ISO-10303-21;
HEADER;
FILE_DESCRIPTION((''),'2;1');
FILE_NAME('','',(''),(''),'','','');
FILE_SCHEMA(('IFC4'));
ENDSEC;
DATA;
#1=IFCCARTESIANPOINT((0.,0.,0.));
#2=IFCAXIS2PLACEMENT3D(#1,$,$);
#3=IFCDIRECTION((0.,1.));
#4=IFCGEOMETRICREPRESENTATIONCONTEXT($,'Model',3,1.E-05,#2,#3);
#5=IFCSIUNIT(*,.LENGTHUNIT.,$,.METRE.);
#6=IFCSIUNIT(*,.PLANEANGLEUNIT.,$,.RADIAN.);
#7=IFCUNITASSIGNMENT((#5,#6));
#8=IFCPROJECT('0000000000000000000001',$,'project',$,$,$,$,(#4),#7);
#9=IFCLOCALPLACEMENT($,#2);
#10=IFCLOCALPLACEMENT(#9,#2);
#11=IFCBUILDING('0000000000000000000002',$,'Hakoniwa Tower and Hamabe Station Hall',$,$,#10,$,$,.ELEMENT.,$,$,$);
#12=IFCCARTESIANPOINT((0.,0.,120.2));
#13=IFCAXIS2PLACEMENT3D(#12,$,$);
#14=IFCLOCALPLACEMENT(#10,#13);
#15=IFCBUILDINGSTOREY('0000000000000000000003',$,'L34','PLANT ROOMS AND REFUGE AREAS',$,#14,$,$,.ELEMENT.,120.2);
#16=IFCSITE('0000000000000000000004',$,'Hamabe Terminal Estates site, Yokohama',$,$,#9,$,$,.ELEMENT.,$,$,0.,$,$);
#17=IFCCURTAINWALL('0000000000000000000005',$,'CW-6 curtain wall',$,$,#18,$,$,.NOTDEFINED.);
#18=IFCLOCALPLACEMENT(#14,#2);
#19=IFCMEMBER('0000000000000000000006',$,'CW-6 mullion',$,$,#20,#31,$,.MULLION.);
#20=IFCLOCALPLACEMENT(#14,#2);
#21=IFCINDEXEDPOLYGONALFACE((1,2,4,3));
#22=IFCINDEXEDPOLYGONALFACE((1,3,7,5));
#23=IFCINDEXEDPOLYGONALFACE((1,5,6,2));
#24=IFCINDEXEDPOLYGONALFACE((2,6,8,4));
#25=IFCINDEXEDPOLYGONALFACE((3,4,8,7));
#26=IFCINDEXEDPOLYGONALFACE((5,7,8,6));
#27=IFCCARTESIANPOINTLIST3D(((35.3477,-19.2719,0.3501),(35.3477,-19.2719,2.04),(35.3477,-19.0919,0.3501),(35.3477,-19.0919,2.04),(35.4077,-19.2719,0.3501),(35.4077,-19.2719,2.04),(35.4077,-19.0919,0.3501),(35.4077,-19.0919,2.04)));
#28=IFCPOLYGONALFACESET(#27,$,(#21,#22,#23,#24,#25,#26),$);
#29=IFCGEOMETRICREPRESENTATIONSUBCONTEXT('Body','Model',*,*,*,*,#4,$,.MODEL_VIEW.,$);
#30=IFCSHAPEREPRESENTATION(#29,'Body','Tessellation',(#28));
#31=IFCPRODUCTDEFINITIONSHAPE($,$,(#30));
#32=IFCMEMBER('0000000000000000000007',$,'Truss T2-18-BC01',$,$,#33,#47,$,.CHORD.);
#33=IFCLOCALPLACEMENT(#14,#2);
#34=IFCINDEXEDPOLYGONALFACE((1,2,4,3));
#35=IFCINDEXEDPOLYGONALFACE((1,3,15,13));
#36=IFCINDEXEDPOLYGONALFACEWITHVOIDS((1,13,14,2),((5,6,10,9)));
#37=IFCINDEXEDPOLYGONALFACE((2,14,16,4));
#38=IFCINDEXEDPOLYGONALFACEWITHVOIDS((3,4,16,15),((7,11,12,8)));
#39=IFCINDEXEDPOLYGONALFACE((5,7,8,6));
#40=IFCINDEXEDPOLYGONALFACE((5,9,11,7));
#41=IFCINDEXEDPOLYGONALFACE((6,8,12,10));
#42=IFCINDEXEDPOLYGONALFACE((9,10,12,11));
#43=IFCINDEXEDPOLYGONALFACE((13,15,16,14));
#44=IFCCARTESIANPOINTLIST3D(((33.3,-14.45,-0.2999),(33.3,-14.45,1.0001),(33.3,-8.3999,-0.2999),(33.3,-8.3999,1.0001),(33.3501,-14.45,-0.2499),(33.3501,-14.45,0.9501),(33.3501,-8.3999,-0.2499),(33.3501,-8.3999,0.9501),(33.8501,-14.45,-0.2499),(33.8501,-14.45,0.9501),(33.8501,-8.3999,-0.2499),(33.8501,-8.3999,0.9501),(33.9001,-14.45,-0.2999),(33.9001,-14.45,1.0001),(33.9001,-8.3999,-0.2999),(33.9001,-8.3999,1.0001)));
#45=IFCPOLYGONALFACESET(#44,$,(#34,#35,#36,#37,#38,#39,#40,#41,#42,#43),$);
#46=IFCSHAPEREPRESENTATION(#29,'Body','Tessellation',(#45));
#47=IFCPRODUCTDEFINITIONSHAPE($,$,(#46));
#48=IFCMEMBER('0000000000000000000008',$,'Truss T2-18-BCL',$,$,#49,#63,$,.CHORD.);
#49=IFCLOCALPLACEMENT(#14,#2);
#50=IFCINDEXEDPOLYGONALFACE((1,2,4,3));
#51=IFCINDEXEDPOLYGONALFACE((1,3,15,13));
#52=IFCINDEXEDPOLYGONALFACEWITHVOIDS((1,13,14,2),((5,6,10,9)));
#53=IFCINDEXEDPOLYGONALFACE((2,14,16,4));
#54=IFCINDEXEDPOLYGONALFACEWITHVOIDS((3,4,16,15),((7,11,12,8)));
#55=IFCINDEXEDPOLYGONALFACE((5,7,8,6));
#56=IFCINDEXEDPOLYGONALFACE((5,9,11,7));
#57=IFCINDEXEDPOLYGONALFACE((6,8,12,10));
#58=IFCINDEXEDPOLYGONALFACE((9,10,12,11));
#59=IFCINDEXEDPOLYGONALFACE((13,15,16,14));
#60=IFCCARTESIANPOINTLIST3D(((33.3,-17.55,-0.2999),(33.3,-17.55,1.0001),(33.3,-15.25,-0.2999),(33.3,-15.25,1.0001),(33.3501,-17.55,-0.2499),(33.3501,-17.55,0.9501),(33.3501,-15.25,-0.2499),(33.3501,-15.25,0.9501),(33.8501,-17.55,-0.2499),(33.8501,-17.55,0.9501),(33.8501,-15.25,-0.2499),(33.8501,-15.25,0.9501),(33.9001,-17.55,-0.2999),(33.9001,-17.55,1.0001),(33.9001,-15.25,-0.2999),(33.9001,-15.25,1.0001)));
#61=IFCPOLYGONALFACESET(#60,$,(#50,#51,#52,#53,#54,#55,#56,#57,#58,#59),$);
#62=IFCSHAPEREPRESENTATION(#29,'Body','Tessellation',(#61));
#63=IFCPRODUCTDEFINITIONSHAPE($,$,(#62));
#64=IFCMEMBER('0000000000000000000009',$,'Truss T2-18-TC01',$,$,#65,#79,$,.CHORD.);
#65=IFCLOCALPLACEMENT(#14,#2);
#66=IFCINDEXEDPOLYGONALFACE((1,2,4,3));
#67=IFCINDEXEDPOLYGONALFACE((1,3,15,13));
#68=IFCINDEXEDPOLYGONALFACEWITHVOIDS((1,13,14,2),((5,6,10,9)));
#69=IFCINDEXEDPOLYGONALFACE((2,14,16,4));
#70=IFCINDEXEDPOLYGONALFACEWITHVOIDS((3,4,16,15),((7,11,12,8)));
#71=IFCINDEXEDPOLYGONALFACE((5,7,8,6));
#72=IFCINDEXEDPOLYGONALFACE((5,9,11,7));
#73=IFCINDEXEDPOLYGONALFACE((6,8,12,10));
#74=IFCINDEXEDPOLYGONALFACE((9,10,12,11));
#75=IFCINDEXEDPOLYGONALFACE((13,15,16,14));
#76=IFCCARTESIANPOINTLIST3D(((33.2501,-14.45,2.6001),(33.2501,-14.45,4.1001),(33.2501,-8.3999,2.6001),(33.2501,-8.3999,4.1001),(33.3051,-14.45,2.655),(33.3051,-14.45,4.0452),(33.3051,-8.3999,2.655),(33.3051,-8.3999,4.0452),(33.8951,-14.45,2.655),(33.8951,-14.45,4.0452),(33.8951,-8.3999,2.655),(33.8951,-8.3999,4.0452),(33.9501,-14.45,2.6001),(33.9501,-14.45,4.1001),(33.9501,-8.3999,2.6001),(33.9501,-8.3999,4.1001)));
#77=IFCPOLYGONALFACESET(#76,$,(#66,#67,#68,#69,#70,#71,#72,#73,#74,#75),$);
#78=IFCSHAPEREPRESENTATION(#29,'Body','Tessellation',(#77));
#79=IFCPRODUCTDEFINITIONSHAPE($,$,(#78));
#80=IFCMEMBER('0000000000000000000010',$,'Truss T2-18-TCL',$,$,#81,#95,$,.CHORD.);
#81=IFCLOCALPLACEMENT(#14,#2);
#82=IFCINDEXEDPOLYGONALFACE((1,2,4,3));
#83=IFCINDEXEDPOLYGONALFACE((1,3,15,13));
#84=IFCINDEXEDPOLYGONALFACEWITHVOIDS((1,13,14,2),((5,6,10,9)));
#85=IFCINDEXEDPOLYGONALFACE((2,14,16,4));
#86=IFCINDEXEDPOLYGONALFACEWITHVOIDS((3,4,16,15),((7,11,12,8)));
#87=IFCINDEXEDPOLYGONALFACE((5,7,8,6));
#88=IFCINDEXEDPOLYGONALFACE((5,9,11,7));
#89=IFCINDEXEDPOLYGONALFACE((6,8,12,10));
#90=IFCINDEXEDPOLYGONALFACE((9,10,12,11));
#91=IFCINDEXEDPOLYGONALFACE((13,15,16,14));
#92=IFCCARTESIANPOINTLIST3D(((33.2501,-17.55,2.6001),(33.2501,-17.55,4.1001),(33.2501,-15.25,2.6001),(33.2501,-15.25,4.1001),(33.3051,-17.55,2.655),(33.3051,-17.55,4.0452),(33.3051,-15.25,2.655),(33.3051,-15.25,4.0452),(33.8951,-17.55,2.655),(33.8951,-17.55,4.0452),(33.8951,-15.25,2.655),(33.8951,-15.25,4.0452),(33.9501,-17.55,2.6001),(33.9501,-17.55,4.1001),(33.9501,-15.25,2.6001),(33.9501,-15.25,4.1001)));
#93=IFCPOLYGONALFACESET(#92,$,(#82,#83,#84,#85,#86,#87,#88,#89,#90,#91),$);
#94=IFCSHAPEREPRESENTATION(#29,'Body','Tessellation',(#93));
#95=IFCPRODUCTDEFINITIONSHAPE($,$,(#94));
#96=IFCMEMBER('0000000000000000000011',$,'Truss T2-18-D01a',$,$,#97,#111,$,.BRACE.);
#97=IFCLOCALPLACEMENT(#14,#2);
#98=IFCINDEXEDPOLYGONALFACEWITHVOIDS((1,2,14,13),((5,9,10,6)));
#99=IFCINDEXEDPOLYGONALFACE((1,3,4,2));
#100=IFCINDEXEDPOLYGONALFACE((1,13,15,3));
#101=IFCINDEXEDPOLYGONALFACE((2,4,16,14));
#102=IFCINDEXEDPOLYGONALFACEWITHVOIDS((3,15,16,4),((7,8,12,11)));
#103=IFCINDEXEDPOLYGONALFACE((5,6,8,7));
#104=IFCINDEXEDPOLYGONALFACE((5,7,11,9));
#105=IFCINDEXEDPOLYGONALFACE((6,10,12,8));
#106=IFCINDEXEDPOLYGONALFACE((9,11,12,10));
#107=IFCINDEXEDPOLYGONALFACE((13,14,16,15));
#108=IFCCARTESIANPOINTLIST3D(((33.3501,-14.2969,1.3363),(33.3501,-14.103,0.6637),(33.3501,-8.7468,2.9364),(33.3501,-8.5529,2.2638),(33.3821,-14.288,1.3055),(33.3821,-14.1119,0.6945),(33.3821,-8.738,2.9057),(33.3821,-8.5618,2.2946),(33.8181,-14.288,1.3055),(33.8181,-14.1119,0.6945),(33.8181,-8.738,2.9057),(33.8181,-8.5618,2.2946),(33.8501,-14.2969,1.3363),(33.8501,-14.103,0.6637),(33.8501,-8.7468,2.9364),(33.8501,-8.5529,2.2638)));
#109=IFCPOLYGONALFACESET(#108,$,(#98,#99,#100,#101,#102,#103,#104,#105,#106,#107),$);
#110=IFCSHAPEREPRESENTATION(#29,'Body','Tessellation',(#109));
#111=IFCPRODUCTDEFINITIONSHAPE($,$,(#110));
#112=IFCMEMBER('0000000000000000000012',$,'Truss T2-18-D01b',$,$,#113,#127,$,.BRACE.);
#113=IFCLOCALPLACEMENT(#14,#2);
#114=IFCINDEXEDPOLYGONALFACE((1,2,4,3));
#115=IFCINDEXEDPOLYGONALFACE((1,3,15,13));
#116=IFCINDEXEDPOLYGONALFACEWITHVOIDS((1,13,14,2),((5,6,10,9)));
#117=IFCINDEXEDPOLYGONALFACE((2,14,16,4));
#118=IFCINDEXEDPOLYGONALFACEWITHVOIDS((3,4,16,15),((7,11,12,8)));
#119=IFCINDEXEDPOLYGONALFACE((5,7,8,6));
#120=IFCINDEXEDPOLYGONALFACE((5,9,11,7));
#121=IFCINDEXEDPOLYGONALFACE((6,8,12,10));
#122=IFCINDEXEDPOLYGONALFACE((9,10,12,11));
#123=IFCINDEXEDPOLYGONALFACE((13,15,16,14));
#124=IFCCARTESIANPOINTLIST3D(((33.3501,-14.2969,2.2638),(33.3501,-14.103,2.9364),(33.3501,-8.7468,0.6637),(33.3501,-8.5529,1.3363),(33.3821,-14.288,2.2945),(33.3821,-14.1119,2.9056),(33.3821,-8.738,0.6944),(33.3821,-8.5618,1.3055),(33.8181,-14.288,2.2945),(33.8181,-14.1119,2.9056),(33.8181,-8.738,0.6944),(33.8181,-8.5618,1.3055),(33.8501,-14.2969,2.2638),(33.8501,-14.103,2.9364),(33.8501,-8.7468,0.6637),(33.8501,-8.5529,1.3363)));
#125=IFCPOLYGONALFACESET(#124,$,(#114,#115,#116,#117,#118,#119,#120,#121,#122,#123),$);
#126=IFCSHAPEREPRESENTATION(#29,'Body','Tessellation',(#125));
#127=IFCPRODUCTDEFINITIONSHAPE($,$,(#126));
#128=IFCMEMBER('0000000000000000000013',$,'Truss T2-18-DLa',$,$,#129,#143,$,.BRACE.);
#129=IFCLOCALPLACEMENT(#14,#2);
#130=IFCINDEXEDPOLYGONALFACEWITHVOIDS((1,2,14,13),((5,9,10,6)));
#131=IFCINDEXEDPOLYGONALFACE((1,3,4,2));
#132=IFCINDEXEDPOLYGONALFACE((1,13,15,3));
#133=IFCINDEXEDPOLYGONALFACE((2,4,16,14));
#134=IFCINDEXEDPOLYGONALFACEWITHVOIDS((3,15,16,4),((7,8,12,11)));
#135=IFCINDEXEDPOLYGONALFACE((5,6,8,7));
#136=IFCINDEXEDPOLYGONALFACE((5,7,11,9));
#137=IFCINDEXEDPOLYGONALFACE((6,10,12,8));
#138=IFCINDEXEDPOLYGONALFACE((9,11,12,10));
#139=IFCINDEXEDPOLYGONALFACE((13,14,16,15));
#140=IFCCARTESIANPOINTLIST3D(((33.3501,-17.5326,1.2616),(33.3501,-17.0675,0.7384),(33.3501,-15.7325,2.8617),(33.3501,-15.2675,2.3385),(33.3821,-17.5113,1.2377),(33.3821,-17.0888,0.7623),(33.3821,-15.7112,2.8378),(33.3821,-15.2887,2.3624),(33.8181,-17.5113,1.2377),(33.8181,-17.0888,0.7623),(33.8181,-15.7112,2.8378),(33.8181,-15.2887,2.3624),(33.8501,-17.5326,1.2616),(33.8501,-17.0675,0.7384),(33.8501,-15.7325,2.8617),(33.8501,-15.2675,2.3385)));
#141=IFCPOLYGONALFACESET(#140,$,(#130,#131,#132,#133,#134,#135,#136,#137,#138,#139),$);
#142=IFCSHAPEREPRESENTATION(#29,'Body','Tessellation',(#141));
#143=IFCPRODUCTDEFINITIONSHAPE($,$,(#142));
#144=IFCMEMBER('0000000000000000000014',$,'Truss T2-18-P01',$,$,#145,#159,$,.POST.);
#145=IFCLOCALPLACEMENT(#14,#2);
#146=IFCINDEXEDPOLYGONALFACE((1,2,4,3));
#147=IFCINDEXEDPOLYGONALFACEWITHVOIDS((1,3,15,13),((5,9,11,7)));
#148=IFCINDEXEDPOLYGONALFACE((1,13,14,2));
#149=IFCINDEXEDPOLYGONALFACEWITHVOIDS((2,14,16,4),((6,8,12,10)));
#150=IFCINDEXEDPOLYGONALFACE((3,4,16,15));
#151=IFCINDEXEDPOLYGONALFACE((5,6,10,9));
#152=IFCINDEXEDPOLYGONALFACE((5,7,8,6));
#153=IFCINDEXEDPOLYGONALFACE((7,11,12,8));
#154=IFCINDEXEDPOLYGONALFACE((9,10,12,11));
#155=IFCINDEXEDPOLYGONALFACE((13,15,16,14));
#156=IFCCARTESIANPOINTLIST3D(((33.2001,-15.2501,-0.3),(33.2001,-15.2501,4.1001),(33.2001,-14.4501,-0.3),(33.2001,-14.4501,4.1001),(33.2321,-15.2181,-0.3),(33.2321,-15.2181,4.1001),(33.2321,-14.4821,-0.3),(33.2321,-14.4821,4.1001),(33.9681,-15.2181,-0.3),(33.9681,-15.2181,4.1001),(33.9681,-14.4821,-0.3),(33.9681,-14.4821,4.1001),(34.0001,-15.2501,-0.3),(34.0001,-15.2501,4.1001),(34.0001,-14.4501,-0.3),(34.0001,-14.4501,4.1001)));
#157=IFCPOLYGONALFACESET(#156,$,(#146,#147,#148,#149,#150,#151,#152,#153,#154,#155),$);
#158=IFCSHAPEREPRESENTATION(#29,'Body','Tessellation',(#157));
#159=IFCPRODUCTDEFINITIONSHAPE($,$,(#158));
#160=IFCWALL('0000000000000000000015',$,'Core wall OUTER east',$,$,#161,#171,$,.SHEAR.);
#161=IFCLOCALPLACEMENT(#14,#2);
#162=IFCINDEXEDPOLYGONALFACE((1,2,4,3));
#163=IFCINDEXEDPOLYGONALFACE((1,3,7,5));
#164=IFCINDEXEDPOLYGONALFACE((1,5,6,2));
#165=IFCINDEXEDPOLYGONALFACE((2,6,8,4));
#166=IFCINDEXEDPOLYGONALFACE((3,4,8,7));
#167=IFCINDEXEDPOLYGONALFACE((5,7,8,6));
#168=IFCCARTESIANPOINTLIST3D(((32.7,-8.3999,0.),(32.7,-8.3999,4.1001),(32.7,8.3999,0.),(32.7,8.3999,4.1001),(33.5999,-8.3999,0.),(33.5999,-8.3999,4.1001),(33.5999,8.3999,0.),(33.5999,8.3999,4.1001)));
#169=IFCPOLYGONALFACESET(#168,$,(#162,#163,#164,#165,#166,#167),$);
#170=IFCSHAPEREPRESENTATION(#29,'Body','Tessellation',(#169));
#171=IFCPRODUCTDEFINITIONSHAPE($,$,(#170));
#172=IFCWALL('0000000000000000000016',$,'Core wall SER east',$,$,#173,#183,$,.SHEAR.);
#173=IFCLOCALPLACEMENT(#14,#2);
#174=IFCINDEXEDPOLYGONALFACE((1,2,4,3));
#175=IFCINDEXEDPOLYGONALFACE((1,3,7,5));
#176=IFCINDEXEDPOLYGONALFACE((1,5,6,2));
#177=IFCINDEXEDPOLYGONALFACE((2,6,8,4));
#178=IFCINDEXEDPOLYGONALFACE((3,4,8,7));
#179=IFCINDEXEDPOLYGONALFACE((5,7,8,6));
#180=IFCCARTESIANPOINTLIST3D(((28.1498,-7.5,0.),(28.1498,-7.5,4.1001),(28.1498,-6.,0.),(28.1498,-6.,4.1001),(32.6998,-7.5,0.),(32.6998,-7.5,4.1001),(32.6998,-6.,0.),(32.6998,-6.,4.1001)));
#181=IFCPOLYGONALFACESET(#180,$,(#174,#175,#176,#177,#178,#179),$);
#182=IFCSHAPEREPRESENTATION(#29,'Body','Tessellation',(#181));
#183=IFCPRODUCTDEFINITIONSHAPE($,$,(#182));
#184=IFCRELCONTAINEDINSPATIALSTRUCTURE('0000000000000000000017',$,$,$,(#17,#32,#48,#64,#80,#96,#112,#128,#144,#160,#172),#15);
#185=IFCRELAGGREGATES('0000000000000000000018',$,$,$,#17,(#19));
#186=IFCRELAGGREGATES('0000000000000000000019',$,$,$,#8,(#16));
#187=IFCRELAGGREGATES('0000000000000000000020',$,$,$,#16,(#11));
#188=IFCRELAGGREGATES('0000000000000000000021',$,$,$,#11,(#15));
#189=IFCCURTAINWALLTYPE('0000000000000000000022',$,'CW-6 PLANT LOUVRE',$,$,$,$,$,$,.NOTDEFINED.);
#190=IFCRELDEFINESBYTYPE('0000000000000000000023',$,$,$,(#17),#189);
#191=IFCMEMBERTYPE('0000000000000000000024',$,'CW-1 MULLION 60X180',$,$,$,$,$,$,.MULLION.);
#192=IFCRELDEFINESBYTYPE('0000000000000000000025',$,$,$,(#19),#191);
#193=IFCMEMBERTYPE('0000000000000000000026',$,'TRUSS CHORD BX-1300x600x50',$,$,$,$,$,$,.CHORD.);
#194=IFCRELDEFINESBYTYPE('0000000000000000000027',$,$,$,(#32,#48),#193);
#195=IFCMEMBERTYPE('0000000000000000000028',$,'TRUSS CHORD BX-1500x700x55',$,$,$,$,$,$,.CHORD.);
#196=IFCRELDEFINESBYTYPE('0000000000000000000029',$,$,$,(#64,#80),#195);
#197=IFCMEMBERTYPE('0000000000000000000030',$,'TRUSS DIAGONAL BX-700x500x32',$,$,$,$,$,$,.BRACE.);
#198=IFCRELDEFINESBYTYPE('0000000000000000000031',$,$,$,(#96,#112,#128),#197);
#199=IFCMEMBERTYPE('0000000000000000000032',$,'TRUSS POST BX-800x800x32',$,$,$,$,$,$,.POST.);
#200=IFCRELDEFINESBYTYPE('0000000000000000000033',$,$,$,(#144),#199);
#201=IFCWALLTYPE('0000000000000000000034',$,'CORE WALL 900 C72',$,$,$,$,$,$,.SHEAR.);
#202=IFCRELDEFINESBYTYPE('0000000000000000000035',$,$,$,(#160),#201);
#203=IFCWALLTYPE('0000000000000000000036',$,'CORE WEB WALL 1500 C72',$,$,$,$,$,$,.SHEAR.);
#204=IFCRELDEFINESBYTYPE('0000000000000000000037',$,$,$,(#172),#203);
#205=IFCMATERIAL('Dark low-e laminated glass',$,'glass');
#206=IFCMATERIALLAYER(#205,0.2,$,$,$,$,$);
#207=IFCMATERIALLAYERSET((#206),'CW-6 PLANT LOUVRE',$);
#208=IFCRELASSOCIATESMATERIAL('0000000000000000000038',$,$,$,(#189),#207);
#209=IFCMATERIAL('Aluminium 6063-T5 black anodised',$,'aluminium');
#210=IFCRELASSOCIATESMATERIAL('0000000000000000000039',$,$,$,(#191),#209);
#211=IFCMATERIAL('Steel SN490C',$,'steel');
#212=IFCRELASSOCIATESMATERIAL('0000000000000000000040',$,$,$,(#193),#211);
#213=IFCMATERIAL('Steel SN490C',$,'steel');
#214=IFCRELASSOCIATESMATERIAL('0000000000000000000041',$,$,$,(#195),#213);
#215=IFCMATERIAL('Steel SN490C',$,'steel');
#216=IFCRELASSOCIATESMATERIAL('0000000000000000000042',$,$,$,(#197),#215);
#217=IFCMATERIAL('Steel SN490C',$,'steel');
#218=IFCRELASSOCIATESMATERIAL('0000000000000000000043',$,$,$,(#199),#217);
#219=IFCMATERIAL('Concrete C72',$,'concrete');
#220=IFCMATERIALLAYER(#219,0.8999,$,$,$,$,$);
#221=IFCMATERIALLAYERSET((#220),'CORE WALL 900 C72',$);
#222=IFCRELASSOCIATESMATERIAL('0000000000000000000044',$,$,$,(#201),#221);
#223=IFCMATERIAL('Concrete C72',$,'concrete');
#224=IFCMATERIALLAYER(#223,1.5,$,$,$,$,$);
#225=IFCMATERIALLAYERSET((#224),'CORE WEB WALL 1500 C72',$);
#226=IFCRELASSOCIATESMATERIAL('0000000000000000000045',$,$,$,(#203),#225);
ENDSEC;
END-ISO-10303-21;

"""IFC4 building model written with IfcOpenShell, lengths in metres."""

from ifc_helpers import new_model, si_unit, direction, frame, frame_2d, origin, origin_2d, place, context, subcontext, project, spatial, rectangle, hollow_rectangle, extrude, material, layer, layer_set, material_profile, profile_set, type_object, element, aggregate, save


model = new_model("IFC4")

# Units and contexts
model_context = context("Model", 3, precision=1e-05, world=origin(), true_north=direction((0.0, 1.0)))
body_context = subcontext(model_context, "Body", "Model", "MODEL_VIEW")
ifc_project = project(units=[si_unit("LENGTHUNIT", "METRE"), si_unit("PLANEANGLEUNIT", "RADIAN")], contexts=[model_context])

# Site, building, storey
site_placement = place(None, origin())
site = spatial("IfcSite", under=ifc_project, at=site_placement, Name="Hamabe Terminal Estates site, Yokohama", CompositionType="ELEMENT", RefElevation=0.0)
building_placement = place(site_placement, origin())
building = spatial("IfcBuilding", under=site, at=building_placement, Name="Hakoniwa Tower and Hamabe Station Hall", CompositionType="ELEMENT")
storey_placement = place(building_placement, frame((0.0, 0.0, 120.2)))
storey = spatial("IfcBuildingStorey", under=building, at=storey_placement, Name="L34", Description="PLANT ROOMS AND REFUGE AREAS", CompositionType="ELEMENT", Elevation=120.2)

# Curtain wall, member
ifc_material_1 = material(Name="Dark low-e laminated glass", Category="glass")
ifc_layer_1 = layer(ifc_material_1, 0.2)
ifc_layer_set_1 = layer_set([ifc_layer_1], Name="CW-6 PLANT LOUVRE")
curtain_wall_type = type_object("IfcCurtainWallType", Name="CW-6 PLANT LOUVRE", PredefinedType="NOTDEFINED", material=ifc_layer_set_1)
curtain_wall_placement = place(storey_placement, origin())
curtain_wall = element("IfcCurtainWall", 1, at=curtain_wall_placement, inside=storey, type_object=curtain_wall_type, Name="CW-6 curtain wall", PredefinedType="NOTDEFINED")
ifc_material_2 = material(Name="Aluminium 6063-T5 black anodised", Category="aluminium")
ifc_material_profile_1 = material_profile(ifc_material_2, rectangle(XDim=0.0601, YDim=0.1799, at=origin_2d()), Name="CW-1 MULLION 60X180")
ifc_profile_set_1 = profile_set([ifc_material_profile_1], Name="Aluminium 6063-T5 black anodised")
member_type_1 = type_object("IfcMemberType", Name="CW-1 MULLION 60X180", PredefinedType="MULLION", material=ifc_profile_set_1)
member_1_placement = place(storey_placement, frame((35.3777, -19.1819, 0.3501), z_axis=(0.0, 0.0, 1.0), x_axis=(1.0, 0.0, 0.0)))
member_1 = element("IfcMember", 2, at=member_1_placement, type_object=member_type_1, Name="CW-6 mullion", PredefinedType="MULLION", context=body_context, shape_type="SweptSolid", body=[
    extrude(rectangle(XDim=0.0601, YDim=0.1799, at=origin_2d()), origin(), (0.0, 0.0, 1.0), 1.6899),
])

# Members
ifc_material_3 = material(Name="Steel SN490C", Category="steel")
ifc_material_profile_2 = material_profile(ifc_material_3, hollow_rectangle(XDim=0.6001, YDim=1.3, WallThickness=0.05, at=origin_2d()), Name="BX-1300x600x50")
ifc_profile_set_2 = profile_set([ifc_material_profile_2], Name="Steel SN490C")
member_type_2 = type_object("IfcMemberType", Name="TRUSS CHORD BX-1300x600x50", PredefinedType="CHORD", material=ifc_profile_set_2)
member_2_placement = place(storey_placement, frame((33.6001, -14.45, 0.3501), z_axis=(0.0, 1.0, 0.0), x_axis=(-1.0, 0.0, 0.0)))
element("IfcMember", 3, at=member_2_placement, inside=storey, type_object=member_type_2, Name="Truss T2-18-BC01", PredefinedType="CHORD", context=body_context, shape_type="SweptSolid", body=[
    extrude(hollow_rectangle(XDim=0.6001, YDim=1.3, WallThickness=0.05, at=origin_2d()), origin(), (0.0, 0.0, 1.0), 6.05),
])
member_3_placement = place(storey_placement, frame((33.6001, -17.55, 0.3501), z_axis=(0.0, 1.0, 0.0), x_axis=(-1.0, 0.0, 0.0)))
element("IfcMember", 4, at=member_3_placement, inside=storey, type_object=member_type_2, Name="Truss T2-18-BCL", PredefinedType="CHORD", context=body_context, shape_type="SweptSolid", body=[
    extrude(hollow_rectangle(XDim=0.6001, YDim=1.3, WallThickness=0.05, at=origin_2d()), origin(), (0.0, 0.0, 1.0), 2.3),
])
ifc_material_4 = material(Name="Steel SN490C", Category="steel")
ifc_material_profile_3 = material_profile(ifc_material_4, hollow_rectangle(XDim=0.7, YDim=1.5, WallThickness=0.0549, at=origin_2d()), Name="BX-1500x700x55")
ifc_profile_set_3 = profile_set([ifc_material_profile_3], Name="Steel SN490C")
member_type_3 = type_object("IfcMemberType", Name="TRUSS CHORD BX-1500x700x55", PredefinedType="CHORD", material=ifc_profile_set_3)
member_4_placement = place(storey_placement, frame((33.6001, -14.45, 3.3501), z_axis=(0.0, 1.0, 0.0), x_axis=(-1.0, 0.0, 0.0)))
element("IfcMember", 5, at=member_4_placement, inside=storey, type_object=member_type_3, Name="Truss T2-18-TC01", PredefinedType="CHORD", context=body_context, shape_type="SweptSolid", body=[
    extrude(hollow_rectangle(XDim=0.7, YDim=1.5, WallThickness=0.0549, at=origin_2d()), origin(), (0.0, 0.0, 1.0), 6.05),
])
member_5_placement = place(storey_placement, frame((33.6001, -17.55, 3.3501), z_axis=(0.0, 1.0, 0.0), x_axis=(-1.0, 0.0, 0.0)))
element("IfcMember", 6, at=member_5_placement, inside=storey, type_object=member_type_3, Name="Truss T2-18-TCL", PredefinedType="CHORD", context=body_context, shape_type="SweptSolid", body=[
    extrude(hollow_rectangle(XDim=0.7, YDim=1.5, WallThickness=0.0549, at=origin_2d()), origin(), (0.0, 0.0, 1.0), 2.3),
])
ifc_material_5 = material(Name="Steel SN490C", Category="steel")
ifc_material_profile_4 = material_profile(ifc_material_5, hollow_rectangle(XDim=0.5, YDim=0.7, WallThickness=0.032, at=origin_2d()), Name="BX-700x500x32")
ifc_profile_set_4 = profile_set([ifc_material_profile_4], Name="Steel SN490C")
member_type_4 = type_object("IfcMemberType", Name="TRUSS DIAGONAL BX-700x500x32", PredefinedType="BRACE", material=ifc_profile_set_4)
for number, where, z_axis, x_axis, name in (
    (7, (33.6001, -14.2, 1.0), (0.0, 0.960864, 0.27702), (-1.0, 0.0, 0.0), "Truss T2-18-D01a"),
    (8, (33.6001, -14.2, 2.6001), (0.0, 0.960864, -0.27702), (-1.0, 0.0, 0.0), "Truss T2-18-D01b"),
):
    element("IfcMember", number, at=place(storey_placement, frame(where, z_axis=z_axis, x_axis=x_axis)), inside=storey, type_object=member_type_4, Name=name, PredefinedType="BRACE", context=body_context, shape_type="SweptSolid", body=[
        extrude(hollow_rectangle(XDim=0.5, YDim=0.7, WallThickness=0.032, at=origin_2d()), origin(), (0.0, 0.0, 1.0), 5.7761),
    ])
member_6_placement = place(storey_placement, frame((33.6001, -17.3, 1.0), z_axis=(0.0, 0.747398, 0.664376), x_axis=(-1.0, 0.0, 0.0)))
element("IfcMember", 9, at=member_6_placement, inside=storey, type_object=member_type_4, Name="Truss T2-18-DLa", PredefinedType="BRACE", context=body_context, shape_type="SweptSolid", body=[
    extrude(hollow_rectangle(XDim=0.5, YDim=0.7, WallThickness=0.032, at=origin_2d()), origin(), (0.0, 0.0, 1.0), 2.4084),
])
ifc_material_6 = material(Name="Steel SN490C", Category="steel")
ifc_material_profile_5 = material_profile(ifc_material_6, hollow_rectangle(XDim=0.8, YDim=0.8, WallThickness=0.032, at=origin_2d()), Name="BX-800x800x32")
ifc_profile_set_5 = profile_set([ifc_material_profile_5], Name="Steel SN490C")
member_type_5 = type_object("IfcMemberType", Name="TRUSS POST BX-800x800x32", PredefinedType="POST", material=ifc_profile_set_5)
member_7_placement = place(storey_placement, frame((33.6001, -14.8501, -0.3), z_axis=(0.0, 0.0, 1.0), x_axis=(1.0, 0.0, 0.0)))
element("IfcMember", 10, at=member_7_placement, inside=storey, type_object=member_type_5, Name="Truss T2-18-P01", PredefinedType="POST", context=body_context, shape_type="SweptSolid", body=[
    extrude(hollow_rectangle(XDim=0.8, YDim=0.8, WallThickness=0.032, at=origin_2d()), origin(), (0.0, 0.0, 1.0), 4.4001),
])

# Walls
ifc_material_7 = material(Name="Concrete C72", Category="concrete")
ifc_layer_2 = layer(ifc_material_7, 0.8999)
ifc_layer_set_2 = layer_set([ifc_layer_2], Name="CORE WALL 900 C72")
wall_type_1 = type_object("IfcWallType", Name="CORE WALL 900 C72", PredefinedType="SHEAR", material=ifc_layer_set_2)
wall_1_placement = place(storey_placement, frame((33.1499, -8.3999, 0.0), z_axis=(0.0, 0.0, 1.0), x_axis=(0.0, 1.0, 0.0)))
element("IfcWall", 11, at=wall_1_placement, inside=storey, type_object=wall_type_1, Name="Core wall OUTER east", PredefinedType="SHEAR", context=body_context, shape_type="SweptSolid", body=[
    extrude(rectangle(XDim=16.7998, YDim=0.8999, at=frame_2d((8.3999, 0.0))), origin(), (0.0, 0.0, 1.0), 4.1001),
])
ifc_material_8 = material(Name="Concrete C72", Category="concrete")
ifc_layer_3 = layer(ifc_material_8, 1.5)
ifc_layer_set_3 = layer_set([ifc_layer_3], Name="CORE WEB WALL 1500 C72")
wall_type_2 = type_object("IfcWallType", Name="CORE WEB WALL 1500 C72", PredefinedType="SHEAR", material=ifc_layer_set_3)
wall_2_placement = place(storey_placement, frame((28.1499, -6.75, 0.0), z_axis=(0.0, 0.0, 1.0), x_axis=(1.0, 0.0, 0.0)))
element("IfcWall", 12, at=wall_2_placement, inside=storey, type_object=wall_type_2, Name="Core wall SER east", PredefinedType="SHEAR", context=body_context, shape_type="SweptSolid", body=[
    extrude(rectangle(XDim=4.55, YDim=1.5, at=frame_2d((2.2749, 0.0))), origin(), (0.0, 0.0, 1.0), 4.1001),
])

aggregate(curtain_wall, [member_1])

save(model, "model.ifc")
